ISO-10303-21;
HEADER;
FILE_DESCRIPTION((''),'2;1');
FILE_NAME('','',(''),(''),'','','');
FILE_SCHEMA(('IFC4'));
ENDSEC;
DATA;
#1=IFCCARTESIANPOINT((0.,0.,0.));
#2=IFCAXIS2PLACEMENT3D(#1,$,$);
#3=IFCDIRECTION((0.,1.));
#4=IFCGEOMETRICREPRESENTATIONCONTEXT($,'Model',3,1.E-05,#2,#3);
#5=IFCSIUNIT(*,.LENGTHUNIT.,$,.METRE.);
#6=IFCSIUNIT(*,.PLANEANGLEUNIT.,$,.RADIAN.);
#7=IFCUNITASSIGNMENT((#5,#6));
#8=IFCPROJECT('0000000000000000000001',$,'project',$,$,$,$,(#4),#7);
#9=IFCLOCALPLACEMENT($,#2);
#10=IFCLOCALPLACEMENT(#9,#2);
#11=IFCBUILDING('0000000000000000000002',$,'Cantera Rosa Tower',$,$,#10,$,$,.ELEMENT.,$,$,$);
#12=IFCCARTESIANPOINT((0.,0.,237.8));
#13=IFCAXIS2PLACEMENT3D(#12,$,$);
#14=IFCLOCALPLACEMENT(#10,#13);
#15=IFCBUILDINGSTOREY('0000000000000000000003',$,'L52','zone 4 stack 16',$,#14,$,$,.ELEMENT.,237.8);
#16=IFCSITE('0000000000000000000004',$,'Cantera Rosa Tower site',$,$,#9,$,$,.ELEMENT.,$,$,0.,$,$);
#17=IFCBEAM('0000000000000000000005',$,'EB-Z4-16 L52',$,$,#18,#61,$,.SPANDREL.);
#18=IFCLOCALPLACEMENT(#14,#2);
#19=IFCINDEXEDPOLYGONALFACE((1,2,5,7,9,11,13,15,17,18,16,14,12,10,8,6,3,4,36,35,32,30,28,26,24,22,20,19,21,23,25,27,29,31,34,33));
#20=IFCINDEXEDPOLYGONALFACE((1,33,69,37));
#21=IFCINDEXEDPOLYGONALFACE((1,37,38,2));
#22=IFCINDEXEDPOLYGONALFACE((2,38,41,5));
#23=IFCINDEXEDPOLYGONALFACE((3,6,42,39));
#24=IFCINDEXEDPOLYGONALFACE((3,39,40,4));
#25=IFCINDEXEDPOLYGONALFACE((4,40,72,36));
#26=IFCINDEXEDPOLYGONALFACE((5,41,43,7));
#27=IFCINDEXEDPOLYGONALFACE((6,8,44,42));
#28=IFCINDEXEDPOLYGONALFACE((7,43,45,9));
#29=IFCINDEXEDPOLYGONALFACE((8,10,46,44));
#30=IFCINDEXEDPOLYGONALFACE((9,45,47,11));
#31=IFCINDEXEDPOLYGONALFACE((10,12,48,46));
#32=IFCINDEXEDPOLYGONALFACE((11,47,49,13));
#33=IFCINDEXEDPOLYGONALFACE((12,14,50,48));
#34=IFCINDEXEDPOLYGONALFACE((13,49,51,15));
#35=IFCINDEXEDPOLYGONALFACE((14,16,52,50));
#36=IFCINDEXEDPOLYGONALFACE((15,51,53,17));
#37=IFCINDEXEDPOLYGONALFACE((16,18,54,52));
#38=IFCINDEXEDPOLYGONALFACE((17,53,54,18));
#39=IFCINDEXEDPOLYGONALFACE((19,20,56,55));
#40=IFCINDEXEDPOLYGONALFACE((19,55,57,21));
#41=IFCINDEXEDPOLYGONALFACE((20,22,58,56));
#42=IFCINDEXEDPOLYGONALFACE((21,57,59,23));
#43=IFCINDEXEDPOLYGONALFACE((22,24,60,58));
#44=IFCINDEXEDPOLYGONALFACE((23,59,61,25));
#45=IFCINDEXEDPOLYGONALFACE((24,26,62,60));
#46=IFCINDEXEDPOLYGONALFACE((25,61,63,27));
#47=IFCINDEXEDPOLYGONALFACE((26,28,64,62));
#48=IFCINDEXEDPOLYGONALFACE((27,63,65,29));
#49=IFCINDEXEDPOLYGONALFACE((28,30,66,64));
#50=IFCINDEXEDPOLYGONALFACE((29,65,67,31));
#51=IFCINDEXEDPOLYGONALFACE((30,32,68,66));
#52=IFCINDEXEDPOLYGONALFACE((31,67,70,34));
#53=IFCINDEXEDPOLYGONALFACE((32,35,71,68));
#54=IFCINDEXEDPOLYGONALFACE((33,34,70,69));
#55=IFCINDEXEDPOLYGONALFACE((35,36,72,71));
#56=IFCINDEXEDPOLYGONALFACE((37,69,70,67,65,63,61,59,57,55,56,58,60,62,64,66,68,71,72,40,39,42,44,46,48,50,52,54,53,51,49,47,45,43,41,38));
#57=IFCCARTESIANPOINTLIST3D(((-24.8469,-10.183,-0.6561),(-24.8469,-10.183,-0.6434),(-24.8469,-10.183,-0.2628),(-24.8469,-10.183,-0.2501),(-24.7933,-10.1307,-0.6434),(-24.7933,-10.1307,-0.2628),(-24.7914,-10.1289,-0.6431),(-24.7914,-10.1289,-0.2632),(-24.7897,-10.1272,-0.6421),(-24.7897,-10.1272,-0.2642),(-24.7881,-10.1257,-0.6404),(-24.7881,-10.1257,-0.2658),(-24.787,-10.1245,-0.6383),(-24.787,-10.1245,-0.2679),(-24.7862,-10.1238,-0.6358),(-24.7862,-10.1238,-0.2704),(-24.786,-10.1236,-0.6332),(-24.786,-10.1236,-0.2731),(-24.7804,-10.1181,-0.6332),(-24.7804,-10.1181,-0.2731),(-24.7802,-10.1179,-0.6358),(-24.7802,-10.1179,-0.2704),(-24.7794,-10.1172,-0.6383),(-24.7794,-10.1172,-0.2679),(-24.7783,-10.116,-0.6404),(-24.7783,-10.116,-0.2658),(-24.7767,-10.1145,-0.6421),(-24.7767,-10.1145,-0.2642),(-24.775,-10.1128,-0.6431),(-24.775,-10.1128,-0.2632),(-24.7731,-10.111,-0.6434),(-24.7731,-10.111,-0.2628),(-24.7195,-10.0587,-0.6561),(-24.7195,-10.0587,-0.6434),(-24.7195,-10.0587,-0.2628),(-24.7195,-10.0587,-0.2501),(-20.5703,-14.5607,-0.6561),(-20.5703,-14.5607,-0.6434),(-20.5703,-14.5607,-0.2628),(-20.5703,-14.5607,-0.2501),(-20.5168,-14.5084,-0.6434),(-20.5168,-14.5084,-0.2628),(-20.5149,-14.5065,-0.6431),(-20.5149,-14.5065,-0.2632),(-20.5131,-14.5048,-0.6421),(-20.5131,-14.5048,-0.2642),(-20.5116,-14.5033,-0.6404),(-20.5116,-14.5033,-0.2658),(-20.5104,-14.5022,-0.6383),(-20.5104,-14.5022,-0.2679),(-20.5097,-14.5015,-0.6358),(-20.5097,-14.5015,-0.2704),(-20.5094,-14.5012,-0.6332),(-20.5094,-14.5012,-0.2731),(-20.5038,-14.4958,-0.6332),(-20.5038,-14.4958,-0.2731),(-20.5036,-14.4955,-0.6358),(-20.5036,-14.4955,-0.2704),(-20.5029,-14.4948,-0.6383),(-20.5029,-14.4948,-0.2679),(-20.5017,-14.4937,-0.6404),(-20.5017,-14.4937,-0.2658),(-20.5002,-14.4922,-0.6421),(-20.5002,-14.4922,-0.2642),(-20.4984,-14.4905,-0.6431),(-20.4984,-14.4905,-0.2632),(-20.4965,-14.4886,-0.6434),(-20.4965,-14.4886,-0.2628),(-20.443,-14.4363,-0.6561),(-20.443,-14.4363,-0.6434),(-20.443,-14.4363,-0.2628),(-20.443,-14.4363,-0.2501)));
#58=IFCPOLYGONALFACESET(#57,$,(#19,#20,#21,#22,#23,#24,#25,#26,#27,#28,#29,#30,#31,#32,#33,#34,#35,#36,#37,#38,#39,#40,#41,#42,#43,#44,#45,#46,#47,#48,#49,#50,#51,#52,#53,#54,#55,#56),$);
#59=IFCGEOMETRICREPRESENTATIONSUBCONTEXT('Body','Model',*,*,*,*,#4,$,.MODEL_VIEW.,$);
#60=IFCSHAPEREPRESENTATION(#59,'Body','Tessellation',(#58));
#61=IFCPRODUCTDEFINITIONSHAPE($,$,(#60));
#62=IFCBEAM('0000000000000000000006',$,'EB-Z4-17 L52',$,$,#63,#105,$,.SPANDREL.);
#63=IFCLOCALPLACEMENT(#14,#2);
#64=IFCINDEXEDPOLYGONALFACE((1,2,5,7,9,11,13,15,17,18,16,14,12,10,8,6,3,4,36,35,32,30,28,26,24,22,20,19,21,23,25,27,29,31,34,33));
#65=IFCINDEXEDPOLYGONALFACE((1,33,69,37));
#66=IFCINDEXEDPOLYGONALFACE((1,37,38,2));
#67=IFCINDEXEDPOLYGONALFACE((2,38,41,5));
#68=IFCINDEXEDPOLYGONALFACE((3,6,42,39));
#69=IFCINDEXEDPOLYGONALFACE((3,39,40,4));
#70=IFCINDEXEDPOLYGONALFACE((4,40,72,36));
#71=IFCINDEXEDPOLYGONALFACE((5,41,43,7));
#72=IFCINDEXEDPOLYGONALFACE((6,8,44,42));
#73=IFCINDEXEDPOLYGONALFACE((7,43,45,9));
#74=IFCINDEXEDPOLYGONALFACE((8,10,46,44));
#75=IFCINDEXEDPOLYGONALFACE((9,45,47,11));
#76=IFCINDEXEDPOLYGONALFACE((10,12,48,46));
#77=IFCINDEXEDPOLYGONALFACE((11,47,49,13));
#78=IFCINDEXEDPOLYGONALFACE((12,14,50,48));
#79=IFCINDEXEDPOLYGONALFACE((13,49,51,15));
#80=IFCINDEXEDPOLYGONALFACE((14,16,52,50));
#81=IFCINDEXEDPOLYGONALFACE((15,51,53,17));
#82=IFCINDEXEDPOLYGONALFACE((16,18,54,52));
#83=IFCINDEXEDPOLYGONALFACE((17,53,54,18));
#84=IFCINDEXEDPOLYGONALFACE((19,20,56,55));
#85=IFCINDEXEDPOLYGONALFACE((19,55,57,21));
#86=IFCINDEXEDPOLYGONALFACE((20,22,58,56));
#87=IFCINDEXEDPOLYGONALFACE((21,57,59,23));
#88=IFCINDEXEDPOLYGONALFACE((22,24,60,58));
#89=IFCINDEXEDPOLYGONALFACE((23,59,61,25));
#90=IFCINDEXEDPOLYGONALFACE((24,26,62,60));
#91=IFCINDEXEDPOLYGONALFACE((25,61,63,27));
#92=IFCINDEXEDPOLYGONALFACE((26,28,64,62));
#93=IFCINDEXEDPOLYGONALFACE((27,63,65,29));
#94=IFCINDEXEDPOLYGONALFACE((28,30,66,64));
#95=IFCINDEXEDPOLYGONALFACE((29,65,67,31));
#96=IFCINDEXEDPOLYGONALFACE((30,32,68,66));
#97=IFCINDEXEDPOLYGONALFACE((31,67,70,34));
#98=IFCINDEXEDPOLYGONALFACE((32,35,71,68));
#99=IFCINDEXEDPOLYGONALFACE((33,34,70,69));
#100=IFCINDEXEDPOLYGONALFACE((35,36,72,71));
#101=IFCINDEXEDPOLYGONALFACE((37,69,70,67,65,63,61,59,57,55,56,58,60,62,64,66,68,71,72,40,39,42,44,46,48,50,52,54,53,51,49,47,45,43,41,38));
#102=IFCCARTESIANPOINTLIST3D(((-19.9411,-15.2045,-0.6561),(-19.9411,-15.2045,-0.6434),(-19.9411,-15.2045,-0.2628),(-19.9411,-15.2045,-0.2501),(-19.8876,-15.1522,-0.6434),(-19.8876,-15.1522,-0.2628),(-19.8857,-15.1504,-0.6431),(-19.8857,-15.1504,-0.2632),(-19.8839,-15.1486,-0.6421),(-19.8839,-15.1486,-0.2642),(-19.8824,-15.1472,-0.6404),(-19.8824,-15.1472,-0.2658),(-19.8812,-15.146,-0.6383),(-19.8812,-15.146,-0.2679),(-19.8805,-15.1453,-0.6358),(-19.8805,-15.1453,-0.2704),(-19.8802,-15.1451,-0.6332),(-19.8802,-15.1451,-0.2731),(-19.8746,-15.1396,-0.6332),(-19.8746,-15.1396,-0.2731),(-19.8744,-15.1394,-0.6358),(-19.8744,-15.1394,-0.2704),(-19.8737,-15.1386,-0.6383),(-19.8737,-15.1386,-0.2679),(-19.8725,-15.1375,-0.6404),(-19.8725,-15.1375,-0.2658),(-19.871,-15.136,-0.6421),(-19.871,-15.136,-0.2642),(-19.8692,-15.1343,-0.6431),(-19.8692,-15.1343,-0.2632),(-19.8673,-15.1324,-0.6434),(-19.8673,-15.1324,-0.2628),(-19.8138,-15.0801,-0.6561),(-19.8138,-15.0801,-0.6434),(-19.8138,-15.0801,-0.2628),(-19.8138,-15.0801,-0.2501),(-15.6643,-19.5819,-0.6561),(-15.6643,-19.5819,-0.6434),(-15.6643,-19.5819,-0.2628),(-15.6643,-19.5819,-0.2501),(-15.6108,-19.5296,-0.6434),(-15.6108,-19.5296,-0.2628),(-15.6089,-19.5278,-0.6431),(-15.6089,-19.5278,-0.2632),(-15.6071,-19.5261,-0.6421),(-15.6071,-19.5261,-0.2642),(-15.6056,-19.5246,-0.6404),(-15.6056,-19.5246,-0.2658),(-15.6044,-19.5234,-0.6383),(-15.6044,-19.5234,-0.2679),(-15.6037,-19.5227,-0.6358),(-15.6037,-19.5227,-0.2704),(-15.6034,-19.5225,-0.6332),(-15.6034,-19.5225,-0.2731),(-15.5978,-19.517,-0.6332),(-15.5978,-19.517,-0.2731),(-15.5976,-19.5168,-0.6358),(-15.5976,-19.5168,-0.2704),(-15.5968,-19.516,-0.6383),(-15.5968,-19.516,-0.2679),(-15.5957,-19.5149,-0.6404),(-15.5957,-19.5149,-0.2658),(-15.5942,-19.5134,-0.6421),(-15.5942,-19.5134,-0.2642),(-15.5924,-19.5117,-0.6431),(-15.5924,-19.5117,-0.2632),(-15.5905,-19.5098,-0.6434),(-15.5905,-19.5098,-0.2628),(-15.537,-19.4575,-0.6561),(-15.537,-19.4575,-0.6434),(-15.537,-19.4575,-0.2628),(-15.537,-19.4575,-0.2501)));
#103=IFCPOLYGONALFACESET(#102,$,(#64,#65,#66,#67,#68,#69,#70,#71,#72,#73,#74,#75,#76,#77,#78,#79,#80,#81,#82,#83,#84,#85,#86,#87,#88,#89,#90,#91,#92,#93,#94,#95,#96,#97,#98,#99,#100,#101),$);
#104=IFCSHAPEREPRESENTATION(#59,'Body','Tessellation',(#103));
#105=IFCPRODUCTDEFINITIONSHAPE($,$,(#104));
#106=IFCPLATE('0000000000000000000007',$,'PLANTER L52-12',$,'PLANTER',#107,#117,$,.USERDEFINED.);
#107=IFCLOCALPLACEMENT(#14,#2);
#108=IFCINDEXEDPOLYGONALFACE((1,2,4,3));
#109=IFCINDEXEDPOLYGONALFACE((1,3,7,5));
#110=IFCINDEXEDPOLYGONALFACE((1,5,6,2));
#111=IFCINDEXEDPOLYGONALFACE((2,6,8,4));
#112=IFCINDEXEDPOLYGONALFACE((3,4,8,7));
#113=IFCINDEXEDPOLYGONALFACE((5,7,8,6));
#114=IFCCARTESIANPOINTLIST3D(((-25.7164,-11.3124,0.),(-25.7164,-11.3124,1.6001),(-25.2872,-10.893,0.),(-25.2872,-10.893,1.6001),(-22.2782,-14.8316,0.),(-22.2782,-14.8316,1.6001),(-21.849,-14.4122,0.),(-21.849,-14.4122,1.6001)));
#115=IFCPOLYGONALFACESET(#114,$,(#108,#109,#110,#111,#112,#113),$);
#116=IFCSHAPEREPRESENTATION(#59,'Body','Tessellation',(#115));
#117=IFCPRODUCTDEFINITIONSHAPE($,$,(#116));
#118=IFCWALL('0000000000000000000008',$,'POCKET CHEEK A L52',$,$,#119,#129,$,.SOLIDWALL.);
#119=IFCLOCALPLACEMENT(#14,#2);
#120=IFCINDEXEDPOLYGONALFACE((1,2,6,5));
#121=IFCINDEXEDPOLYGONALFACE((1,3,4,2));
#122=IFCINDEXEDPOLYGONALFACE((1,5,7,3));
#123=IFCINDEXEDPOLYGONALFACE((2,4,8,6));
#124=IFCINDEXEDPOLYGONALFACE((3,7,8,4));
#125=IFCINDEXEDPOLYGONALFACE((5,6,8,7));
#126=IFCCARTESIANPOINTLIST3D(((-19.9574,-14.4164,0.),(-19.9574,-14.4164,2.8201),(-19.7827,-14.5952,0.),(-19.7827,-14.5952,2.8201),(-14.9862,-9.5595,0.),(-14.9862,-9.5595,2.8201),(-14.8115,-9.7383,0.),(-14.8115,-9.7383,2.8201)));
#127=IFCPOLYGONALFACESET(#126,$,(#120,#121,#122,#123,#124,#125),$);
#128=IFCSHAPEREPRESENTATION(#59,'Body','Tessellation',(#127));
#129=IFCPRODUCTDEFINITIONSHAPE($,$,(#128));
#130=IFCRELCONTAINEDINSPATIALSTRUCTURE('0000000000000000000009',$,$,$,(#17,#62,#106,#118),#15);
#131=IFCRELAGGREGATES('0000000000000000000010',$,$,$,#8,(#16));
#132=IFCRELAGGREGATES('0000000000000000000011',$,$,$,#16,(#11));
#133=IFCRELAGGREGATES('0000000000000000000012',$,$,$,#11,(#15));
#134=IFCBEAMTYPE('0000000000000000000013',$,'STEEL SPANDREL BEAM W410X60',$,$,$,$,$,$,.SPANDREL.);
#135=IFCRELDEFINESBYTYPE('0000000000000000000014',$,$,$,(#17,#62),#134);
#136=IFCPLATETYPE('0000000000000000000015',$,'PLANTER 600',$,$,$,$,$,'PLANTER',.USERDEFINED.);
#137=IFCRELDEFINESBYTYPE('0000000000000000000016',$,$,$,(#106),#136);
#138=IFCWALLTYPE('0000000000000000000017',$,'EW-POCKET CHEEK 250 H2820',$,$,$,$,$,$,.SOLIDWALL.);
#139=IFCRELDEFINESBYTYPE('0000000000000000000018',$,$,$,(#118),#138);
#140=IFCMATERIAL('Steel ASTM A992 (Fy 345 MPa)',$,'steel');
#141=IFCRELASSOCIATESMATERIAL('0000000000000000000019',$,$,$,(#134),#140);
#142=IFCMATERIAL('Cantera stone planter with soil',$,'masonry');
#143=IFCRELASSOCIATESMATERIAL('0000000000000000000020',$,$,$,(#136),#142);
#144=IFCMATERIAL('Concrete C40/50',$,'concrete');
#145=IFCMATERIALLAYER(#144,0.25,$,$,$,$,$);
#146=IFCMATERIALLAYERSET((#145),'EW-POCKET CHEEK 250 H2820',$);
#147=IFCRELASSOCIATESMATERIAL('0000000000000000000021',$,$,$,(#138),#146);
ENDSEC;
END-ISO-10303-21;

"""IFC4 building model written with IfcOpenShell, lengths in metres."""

from ifc_helpers import new_model, si_unit, direction, frame, frame_2d, origin, origin_2d, place, context, subcontext, project, spatial, rectangle, i_section, extrude, material, layer, layer_set, material_profile, profile_set, type_object, element, save


model = new_model("IFC4")

# Units and contexts
model_context = context("Model", 3, precision=1e-05, world=origin(), true_north=direction((0.0, 1.0)))
body_context = subcontext(model_context, "Body", "Model", "MODEL_VIEW")
ifc_project = project(units=[si_unit("LENGTHUNIT", "METRE"), si_unit("PLANEANGLEUNIT", "RADIAN")], contexts=[model_context])

# Site, building, storey
site_placement = place(None, origin())
site = spatial("IfcSite", under=ifc_project, at=site_placement, Name="Cantera Rosa Tower site", CompositionType="ELEMENT", RefElevation=0.0)
building_placement = place(site_placement, origin())
building = spatial("IfcBuilding", under=site, at=building_placement, Name="Cantera Rosa Tower", CompositionType="ELEMENT")
storey_placement = place(building_placement, frame((0.0, 0.0, 237.8)))
storey = spatial("IfcBuildingStorey", under=building, at=storey_placement, Name="L52", Description="zone 4 stack 16", CompositionType="ELEMENT", Elevation=237.8)

# Beams
ifc_material_1 = material(Name="Steel ASTM A992 (Fy 345 MPa)", Category="steel")
ifc_material_profile_1 = material_profile(ifc_material_1, i_section(OverallWidth=0.178, OverallDepth=0.406, WebThickness=0.0078, FlangeThickness=0.0127, FilletRadius=0.0103, at=origin_2d()), Name="W410X60")
ifc_profile_set_1 = profile_set([ifc_material_profile_1], Name="Steel ASTM A992 (Fy 345 MPa)")
beam_type_1 = type_object("IfcBeamType", Name="STEEL SPANDREL BEAM W410X60", PredefinedType="SPANDREL", material=ifc_profile_set_1)
for number, where, z_axis, x_axis, name in (
    (1, (-24.7832, -10.1208, -0.4531), (0.698801, -0.715316, 0.0), (0.715316, 0.698801, 0.0), "EB-Z4-16 L52"),
    (2, (-19.8774, -15.1423, -0.4531), (0.698841, -0.715277, 0.0), (0.715277, 0.698841, 0.0), "EB-Z4-17 L52"),
):
    element("IfcBeam", number, at=place(storey_placement, frame(where, z_axis=z_axis, x_axis=x_axis)), inside=storey, type_object=beam_type_1, Name=name, PredefinedType="SPANDREL", context=body_context, shape_type="SweptSolid", body=[
        extrude(i_section(OverallWidth=0.178, OverallDepth=0.406, WebThickness=0.0078, FlangeThickness=0.0127, FilletRadius=0.0103, at=origin_2d()), origin(), (0.0, 0.0, 1.0), 6.1199),
    ])

# Plate
ifc_material_2 = material(Name="Cantera stone planter with soil", Category="masonry")
plate_type = type_object("IfcPlateType", Name="PLANTER 600", ElementType="PLANTER", PredefinedType="USERDEFINED", material=ifc_material_2)
plate_placement = place(storey_placement, frame((-23.7827, -12.8623, 0.0), z_axis=(0.0, 0.0, 1.0), x_axis=(0.698832, -0.715286, 0.0)))
element("IfcPlate", 3, at=plate_placement, inside=storey, type_object=plate_type, Name="PLANTER L52-12", ObjectType="PLANTER", PredefinedType="USERDEFINED", context=body_context, shape_type="SweptSolid", body=[
    extrude(rectangle(XDim=4.9199, YDim=0.6001, at=origin_2d()), origin(), (0.0, 0.0, 1.0), 1.6001),
])

# Wall
ifc_material_3 = material(Name="Concrete C40/50", Category="concrete")
ifc_layer_1 = layer(ifc_material_3, 0.25)
ifc_layer_set_1 = layer_set([ifc_layer_1], Name="EW-POCKET CHEEK 250 H2820")
wall_type_1 = type_object("IfcWallType", Name="EW-POCKET CHEEK 250 H2820", PredefinedType="SOLIDWALL", material=ifc_layer_set_1)
wall_1_placement = place(storey_placement, frame((-19.8701, -14.5059, 0.0), z_axis=(0.0, 0.0, 1.0), x_axis=(0.715279, 0.698839, 0.0)))
element("IfcWall", 4, at=wall_1_placement, inside=storey, type_object=wall_type_1, Name="POCKET CHEEK A L52", PredefinedType="SOLIDWALL", context=body_context, shape_type="SweptSolid", body=[
    extrude(rectangle(XDim=6.95, YDim=0.25, at=frame_2d((3.4751, 0.0))), origin(), (0.0, 0.0, 1.0), 2.8201),
])

save(model, "model.ifc")
